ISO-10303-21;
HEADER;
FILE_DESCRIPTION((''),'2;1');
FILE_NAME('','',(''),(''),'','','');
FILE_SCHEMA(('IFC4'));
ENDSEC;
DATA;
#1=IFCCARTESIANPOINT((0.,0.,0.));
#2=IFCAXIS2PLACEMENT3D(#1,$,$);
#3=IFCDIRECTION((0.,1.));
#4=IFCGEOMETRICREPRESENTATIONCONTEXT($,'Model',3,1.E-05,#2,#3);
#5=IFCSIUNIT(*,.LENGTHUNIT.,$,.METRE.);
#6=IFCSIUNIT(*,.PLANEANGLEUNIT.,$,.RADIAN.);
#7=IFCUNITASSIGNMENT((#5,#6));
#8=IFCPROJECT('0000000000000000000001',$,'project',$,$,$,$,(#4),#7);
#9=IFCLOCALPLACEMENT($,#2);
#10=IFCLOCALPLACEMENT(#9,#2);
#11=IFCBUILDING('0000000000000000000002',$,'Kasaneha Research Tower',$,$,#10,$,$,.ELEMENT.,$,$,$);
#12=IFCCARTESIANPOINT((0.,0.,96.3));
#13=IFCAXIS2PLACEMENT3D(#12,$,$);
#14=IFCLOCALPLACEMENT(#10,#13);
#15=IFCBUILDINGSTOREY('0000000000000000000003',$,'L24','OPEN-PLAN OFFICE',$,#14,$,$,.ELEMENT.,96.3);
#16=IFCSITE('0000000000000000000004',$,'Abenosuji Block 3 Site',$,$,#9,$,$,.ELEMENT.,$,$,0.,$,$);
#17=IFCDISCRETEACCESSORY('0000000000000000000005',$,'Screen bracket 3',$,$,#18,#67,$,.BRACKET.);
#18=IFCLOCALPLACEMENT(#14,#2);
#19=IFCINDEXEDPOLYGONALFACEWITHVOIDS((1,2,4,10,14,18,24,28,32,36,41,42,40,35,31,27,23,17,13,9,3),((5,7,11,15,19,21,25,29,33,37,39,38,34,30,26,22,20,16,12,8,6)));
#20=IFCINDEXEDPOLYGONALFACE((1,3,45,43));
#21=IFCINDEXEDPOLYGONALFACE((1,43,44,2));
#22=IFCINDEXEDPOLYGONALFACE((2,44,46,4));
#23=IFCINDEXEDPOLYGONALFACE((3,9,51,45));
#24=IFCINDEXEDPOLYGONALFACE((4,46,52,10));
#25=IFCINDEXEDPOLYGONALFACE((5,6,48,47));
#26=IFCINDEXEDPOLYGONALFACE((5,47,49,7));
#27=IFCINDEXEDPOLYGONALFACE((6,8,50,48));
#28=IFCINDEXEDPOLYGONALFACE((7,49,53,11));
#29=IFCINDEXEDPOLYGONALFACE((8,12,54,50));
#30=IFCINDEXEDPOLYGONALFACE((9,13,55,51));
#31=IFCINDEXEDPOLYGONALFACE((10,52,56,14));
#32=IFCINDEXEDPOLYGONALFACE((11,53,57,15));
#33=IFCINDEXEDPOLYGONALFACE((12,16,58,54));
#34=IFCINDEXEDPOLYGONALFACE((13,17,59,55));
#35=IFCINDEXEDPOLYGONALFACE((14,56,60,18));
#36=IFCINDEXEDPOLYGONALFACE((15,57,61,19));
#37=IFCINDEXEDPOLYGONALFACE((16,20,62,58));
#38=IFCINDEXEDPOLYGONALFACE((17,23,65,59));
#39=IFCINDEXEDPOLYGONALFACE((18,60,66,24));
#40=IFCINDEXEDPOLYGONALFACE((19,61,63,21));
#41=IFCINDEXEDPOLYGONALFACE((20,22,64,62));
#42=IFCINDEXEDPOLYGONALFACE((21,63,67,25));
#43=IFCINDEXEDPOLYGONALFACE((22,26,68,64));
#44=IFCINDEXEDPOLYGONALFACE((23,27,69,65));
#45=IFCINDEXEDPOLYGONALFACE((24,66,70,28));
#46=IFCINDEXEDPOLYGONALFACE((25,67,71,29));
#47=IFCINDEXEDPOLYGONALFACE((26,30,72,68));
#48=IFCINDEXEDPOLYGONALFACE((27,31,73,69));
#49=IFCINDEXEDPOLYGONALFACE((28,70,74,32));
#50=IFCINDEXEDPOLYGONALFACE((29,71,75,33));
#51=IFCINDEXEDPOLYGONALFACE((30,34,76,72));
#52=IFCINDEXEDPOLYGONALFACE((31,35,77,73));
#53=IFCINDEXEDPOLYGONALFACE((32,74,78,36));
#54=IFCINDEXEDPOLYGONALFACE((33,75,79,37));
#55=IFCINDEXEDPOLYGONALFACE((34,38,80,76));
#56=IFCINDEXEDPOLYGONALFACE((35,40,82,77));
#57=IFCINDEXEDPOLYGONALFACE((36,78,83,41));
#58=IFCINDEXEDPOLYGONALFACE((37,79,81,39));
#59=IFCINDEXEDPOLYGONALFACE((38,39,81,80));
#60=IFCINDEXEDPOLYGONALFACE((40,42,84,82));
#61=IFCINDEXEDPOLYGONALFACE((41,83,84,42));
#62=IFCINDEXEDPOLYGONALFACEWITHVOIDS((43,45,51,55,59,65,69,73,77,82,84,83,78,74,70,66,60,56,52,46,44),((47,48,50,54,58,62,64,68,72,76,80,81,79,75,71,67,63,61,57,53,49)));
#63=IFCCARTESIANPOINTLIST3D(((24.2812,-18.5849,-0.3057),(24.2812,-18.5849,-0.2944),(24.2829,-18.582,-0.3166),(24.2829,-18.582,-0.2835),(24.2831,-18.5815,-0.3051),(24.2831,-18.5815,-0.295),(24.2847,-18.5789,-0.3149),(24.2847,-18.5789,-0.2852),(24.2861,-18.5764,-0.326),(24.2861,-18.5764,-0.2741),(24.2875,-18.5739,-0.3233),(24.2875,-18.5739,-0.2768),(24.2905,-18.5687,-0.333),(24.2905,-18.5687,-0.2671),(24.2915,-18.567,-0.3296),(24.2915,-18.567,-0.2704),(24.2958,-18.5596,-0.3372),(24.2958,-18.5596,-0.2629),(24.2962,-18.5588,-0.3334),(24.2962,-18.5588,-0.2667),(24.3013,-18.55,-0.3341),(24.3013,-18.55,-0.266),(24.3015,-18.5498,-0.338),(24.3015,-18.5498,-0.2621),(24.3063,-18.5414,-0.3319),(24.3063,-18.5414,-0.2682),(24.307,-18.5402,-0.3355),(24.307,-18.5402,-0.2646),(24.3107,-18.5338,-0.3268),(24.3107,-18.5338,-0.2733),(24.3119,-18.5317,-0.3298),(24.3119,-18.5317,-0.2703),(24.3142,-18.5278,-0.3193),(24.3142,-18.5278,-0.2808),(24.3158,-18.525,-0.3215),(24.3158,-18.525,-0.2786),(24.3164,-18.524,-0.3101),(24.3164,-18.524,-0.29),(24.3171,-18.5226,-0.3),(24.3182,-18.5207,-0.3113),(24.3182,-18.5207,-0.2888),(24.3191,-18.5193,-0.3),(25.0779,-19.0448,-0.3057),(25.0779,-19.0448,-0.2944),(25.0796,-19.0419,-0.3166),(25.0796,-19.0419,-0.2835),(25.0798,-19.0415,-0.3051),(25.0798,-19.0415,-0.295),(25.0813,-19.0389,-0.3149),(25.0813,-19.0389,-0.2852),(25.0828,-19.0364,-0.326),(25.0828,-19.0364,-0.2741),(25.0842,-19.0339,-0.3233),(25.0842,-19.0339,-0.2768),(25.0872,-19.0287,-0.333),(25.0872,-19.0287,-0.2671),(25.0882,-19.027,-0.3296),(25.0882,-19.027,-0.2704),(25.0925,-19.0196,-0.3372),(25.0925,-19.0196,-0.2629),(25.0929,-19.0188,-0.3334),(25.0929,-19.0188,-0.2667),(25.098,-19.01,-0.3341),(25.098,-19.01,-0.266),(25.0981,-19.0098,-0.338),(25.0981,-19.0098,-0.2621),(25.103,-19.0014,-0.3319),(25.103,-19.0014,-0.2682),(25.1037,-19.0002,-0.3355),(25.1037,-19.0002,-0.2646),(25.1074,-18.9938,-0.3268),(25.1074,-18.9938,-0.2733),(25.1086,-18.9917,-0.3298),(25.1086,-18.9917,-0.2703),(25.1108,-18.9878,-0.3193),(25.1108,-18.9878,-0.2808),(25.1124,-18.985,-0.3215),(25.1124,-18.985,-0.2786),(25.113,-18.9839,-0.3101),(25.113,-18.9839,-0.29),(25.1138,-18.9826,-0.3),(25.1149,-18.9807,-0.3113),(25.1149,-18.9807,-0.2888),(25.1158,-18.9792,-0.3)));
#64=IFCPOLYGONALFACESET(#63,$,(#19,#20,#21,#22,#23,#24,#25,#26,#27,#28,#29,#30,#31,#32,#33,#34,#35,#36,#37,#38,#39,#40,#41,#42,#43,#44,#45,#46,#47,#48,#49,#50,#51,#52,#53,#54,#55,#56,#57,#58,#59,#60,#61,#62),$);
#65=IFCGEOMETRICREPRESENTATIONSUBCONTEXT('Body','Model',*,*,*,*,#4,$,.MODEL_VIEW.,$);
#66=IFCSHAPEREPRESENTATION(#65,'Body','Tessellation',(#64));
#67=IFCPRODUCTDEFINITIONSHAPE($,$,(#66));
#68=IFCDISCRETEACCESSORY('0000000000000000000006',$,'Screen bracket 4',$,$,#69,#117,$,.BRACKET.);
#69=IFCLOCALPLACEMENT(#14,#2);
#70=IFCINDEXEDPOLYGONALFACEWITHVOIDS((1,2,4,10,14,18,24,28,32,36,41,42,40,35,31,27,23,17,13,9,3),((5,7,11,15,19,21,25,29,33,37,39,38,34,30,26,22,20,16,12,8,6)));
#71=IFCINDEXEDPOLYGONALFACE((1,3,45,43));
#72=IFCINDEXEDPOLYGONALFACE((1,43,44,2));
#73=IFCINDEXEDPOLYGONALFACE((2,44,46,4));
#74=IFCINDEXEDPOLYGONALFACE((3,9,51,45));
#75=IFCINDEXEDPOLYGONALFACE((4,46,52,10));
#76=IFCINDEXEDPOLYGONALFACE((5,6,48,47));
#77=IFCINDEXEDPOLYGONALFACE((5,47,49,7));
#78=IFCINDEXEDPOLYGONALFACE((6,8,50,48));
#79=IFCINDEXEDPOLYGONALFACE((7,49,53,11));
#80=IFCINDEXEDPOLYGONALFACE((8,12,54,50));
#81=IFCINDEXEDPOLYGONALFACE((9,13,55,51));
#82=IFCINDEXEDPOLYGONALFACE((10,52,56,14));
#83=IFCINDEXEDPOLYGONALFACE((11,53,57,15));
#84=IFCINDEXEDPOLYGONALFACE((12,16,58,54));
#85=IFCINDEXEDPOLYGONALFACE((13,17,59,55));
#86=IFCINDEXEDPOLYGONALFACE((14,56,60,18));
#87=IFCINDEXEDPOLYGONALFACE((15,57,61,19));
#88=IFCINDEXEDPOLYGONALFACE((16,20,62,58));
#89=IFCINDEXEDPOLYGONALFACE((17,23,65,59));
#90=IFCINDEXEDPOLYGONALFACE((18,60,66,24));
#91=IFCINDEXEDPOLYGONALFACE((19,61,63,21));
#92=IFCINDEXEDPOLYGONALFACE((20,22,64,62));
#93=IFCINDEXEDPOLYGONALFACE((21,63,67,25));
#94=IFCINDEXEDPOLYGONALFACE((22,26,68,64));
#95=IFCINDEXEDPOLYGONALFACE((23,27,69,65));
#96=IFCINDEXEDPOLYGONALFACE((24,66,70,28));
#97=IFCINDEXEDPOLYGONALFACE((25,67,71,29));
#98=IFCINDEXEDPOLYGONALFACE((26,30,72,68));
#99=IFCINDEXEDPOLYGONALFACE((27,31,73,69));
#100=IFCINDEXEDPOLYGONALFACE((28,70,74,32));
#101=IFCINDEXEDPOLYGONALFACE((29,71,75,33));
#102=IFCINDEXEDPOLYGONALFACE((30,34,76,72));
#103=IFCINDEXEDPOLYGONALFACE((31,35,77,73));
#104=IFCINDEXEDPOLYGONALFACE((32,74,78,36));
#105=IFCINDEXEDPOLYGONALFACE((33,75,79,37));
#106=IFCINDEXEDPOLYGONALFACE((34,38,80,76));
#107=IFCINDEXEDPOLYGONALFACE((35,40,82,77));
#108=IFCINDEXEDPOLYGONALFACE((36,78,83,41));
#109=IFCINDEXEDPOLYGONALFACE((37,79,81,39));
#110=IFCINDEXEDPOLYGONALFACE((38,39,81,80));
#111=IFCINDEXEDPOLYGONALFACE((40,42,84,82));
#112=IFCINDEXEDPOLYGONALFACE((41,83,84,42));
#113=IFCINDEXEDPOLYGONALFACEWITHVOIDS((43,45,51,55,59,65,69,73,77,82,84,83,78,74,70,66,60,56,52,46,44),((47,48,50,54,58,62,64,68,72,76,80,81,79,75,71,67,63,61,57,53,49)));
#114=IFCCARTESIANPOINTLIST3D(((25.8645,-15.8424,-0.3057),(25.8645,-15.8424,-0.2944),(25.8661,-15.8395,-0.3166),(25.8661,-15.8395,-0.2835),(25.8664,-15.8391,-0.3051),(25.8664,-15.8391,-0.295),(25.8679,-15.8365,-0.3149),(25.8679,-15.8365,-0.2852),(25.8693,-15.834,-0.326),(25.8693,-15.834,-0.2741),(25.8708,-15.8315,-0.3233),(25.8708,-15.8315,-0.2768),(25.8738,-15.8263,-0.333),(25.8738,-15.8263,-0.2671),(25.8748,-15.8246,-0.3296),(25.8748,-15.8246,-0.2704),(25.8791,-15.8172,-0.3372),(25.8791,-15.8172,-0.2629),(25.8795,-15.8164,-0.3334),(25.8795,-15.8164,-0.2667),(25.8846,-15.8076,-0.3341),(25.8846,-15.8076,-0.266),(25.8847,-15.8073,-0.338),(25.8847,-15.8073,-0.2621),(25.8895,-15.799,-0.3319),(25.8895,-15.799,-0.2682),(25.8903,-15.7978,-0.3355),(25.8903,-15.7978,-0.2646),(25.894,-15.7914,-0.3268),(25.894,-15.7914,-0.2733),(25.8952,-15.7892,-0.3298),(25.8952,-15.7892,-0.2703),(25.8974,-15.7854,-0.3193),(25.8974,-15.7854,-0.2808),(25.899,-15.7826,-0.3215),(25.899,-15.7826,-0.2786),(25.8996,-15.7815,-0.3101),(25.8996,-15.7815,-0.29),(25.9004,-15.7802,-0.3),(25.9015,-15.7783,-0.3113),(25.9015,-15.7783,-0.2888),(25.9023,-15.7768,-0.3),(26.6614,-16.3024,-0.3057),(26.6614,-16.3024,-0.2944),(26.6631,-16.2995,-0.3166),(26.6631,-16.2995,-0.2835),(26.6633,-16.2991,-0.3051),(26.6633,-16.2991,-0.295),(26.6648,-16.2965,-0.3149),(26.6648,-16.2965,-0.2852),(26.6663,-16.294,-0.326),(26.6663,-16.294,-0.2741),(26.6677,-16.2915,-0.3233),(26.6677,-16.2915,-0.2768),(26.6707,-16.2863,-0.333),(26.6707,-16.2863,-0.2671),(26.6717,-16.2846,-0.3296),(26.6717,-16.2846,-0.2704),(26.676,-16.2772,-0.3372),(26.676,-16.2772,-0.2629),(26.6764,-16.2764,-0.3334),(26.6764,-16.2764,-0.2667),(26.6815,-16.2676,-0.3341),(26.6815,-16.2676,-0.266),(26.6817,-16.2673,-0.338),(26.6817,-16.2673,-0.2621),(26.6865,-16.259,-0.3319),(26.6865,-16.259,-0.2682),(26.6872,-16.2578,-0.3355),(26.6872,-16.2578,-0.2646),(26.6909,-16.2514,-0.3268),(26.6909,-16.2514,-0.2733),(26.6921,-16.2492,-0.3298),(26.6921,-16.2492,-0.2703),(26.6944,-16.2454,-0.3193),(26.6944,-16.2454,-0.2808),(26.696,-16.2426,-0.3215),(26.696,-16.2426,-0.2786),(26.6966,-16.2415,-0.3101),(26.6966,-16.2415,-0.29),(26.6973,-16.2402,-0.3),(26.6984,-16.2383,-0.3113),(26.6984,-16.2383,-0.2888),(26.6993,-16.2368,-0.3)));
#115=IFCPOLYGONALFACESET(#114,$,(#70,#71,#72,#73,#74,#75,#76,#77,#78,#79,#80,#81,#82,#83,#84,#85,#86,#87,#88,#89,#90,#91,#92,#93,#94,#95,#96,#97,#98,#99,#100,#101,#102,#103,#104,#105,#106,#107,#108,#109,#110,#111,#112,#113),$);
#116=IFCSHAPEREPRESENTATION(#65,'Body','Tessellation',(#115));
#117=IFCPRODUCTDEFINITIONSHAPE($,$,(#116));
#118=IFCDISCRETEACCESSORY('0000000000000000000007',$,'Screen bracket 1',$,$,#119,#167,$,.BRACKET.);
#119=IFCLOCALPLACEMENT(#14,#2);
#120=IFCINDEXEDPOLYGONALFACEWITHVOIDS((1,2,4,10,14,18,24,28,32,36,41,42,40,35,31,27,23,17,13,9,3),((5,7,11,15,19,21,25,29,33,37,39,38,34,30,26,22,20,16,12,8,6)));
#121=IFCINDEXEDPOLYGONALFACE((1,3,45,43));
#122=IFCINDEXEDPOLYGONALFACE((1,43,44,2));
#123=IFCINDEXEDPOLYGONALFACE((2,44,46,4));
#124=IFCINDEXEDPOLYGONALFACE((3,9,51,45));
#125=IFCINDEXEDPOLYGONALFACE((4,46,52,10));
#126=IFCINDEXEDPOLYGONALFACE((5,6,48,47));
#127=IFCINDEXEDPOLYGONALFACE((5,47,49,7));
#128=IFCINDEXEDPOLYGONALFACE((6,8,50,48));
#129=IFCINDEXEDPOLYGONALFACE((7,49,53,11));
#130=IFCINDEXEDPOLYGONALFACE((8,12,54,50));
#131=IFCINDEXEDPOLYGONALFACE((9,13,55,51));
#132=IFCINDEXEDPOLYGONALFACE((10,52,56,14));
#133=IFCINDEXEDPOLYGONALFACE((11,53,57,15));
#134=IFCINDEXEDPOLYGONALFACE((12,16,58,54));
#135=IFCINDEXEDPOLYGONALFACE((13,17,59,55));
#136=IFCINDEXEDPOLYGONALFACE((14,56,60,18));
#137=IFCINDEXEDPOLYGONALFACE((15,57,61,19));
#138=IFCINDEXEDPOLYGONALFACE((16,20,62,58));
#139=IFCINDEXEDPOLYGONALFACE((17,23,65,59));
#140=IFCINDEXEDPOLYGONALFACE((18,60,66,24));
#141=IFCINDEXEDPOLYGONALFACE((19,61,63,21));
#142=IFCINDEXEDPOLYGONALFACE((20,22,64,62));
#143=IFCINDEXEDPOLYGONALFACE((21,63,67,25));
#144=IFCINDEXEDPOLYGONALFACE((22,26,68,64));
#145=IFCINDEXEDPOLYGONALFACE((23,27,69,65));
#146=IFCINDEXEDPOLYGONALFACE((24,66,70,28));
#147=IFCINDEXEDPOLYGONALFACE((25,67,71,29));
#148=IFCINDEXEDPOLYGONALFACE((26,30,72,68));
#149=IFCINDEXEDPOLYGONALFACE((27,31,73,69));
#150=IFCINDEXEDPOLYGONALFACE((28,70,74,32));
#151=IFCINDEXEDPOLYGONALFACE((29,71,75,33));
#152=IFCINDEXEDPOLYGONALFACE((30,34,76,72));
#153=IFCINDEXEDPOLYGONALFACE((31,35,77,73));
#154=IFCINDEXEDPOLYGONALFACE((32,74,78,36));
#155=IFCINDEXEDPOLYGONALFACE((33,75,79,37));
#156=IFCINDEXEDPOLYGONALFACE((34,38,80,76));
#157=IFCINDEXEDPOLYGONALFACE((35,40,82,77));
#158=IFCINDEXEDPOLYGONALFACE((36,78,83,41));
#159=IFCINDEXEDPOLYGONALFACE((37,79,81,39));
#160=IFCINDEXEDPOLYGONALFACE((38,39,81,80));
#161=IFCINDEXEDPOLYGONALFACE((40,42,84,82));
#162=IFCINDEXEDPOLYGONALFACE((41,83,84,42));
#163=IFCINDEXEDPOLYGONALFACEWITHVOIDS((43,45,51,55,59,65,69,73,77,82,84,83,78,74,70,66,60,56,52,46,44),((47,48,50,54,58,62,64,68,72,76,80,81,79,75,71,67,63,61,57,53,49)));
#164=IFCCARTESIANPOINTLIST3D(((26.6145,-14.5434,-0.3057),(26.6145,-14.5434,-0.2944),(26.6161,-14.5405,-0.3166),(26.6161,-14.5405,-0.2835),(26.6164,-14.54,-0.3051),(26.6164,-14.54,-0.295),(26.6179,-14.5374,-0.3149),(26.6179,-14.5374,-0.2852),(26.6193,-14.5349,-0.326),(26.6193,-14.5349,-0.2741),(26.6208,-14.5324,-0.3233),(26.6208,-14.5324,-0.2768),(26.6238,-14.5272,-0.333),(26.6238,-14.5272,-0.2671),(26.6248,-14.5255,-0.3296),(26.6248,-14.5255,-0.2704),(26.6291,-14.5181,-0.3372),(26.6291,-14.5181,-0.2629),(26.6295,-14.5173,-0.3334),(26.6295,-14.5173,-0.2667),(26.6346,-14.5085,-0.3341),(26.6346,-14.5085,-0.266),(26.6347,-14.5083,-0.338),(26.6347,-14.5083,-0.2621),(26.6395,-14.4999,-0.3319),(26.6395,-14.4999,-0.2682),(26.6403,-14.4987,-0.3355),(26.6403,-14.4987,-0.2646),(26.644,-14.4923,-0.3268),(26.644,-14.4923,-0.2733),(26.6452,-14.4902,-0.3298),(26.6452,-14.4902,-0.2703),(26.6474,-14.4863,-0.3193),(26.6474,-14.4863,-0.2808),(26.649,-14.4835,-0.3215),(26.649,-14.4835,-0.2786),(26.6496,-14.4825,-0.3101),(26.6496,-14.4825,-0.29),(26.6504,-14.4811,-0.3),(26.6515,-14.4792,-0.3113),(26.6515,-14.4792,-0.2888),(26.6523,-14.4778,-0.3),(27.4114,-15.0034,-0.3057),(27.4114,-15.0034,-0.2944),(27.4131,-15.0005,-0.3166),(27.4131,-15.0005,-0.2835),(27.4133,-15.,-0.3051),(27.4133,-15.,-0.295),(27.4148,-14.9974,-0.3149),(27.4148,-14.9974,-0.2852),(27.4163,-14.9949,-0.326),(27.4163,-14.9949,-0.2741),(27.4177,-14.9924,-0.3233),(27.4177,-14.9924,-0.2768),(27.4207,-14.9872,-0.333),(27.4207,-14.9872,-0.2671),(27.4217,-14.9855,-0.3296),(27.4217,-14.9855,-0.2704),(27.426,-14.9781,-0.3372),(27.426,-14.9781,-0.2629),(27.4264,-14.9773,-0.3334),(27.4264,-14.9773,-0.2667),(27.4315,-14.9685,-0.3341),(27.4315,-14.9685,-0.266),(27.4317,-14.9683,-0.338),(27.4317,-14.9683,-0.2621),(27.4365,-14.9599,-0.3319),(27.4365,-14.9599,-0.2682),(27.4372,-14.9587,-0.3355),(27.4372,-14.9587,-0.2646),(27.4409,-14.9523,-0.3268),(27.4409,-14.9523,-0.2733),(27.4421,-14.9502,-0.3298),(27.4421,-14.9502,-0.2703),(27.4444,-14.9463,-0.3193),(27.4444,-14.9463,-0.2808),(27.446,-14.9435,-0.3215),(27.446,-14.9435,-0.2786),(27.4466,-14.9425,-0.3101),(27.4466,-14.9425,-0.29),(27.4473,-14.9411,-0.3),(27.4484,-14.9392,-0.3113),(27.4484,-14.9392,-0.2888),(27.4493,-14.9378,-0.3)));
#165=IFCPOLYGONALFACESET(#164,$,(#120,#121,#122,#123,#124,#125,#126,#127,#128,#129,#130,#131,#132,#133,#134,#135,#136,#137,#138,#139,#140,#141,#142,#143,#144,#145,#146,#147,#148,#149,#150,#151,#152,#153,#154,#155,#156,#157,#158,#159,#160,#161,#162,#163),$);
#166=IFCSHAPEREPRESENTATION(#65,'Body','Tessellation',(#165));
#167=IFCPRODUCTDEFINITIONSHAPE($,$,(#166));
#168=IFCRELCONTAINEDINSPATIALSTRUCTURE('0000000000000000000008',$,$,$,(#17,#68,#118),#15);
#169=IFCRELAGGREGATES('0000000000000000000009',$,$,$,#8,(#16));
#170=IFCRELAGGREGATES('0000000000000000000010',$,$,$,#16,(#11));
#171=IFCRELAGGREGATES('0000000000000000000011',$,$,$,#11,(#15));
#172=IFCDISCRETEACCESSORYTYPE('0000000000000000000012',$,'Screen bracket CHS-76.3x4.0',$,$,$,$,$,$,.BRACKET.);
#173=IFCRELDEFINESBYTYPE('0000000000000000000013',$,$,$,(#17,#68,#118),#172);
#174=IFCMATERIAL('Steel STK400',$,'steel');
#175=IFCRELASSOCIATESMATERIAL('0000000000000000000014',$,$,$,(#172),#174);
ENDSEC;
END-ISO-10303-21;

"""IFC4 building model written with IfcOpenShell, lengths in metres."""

from ifc_helpers import new_model, si_unit, direction, frame, origin, origin_2d, place, context, subcontext, project, spatial, hollow_circle, extrude, material, material_profile, profile_set, type_object, element, save


model = new_model("IFC4")

# Units and contexts
model_context = context("Model", 3, precision=1e-05, world=origin(), true_north=direction((0.0, 1.0)))
body_context = subcontext(model_context, "Body", "Model", "MODEL_VIEW")
ifc_project = project(units=[si_unit("LENGTHUNIT", "METRE"), si_unit("PLANEANGLEUNIT", "RADIAN")], contexts=[model_context])

# Site, building, storey
site_placement = place(None, origin())
site = spatial("IfcSite", under=ifc_project, at=site_placement, Name="Abenosuji Block 3 Site", CompositionType="ELEMENT", RefElevation=0.0)
building_placement = place(site_placement, origin())
building = spatial("IfcBuilding", under=site, at=building_placement, Name="Kasaneha Research Tower", CompositionType="ELEMENT")
storey_placement = place(building_placement, frame((0.0, 0.0, 96.3)))
storey = spatial("IfcBuildingStorey", under=building, at=storey_placement, Name="L24", Description="OPEN-PLAN OFFICE", CompositionType="ELEMENT", Elevation=96.3)

# Discrete accessories
ifc_material_1 = material(Name="Steel STK400", Category="steel")
ifc_material_profile_1 = material_profile(ifc_material_1, hollow_circle(Radius=0.0381, WallThickness=0.0039, at=origin_2d()), Name="CHS-76.3x4.0")
ifc_profile_set_1 = profile_set([ifc_material_profile_1], Name="Steel STK400")
discrete_accessory_type = type_object("IfcDiscreteAccessoryType", Name="Screen bracket CHS-76.3x4.0", PredefinedType="BRACKET", material=ifc_profile_set_1)
discrete_accessory_1_placement = place(storey_placement, frame((24.3, -18.5522, -0.3), z_axis=(0.866013, -0.500021, 0.0), x_axis=(0.500021, 0.866013, 0.0)))
element("IfcDiscreteAccessory", 1, at=discrete_accessory_1_placement, inside=storey, type_object=discrete_accessory_type, Name="Screen bracket 3", PredefinedType="BRACKET", context=body_context, shape_type="SweptSolid", body=[
    extrude(hollow_circle(Radius=0.0381, WallThickness=0.0039, at=origin_2d()), origin(), (0.0, 0.0, 1.0), 0.9199),
])
for number, where, z_axis, x_axis, name in (
    (2, (25.8833, -15.8098, -0.3), (0.86608, -0.499906, 0.0), (0.499906, 0.86608, 0.0), "Screen bracket 4"),
    (3, (26.6333, -14.5107, -0.3), (0.86608, -0.499906, 0.0), (0.499906, 0.86608, 0.0), "Screen bracket 1"),
):
    element("IfcDiscreteAccessory", number, at=place(storey_placement, frame(where, z_axis=z_axis, x_axis=x_axis)), inside=storey, type_object=discrete_accessory_type, Name=name, PredefinedType="BRACKET", context=body_context, shape_type="SweptSolid", body=[
        extrude(hollow_circle(Radius=0.0381, WallThickness=0.0039, at=origin_2d()), origin(), (0.0, 0.0, 1.0), 0.9202),
    ])

save(model, "model.ifc")
